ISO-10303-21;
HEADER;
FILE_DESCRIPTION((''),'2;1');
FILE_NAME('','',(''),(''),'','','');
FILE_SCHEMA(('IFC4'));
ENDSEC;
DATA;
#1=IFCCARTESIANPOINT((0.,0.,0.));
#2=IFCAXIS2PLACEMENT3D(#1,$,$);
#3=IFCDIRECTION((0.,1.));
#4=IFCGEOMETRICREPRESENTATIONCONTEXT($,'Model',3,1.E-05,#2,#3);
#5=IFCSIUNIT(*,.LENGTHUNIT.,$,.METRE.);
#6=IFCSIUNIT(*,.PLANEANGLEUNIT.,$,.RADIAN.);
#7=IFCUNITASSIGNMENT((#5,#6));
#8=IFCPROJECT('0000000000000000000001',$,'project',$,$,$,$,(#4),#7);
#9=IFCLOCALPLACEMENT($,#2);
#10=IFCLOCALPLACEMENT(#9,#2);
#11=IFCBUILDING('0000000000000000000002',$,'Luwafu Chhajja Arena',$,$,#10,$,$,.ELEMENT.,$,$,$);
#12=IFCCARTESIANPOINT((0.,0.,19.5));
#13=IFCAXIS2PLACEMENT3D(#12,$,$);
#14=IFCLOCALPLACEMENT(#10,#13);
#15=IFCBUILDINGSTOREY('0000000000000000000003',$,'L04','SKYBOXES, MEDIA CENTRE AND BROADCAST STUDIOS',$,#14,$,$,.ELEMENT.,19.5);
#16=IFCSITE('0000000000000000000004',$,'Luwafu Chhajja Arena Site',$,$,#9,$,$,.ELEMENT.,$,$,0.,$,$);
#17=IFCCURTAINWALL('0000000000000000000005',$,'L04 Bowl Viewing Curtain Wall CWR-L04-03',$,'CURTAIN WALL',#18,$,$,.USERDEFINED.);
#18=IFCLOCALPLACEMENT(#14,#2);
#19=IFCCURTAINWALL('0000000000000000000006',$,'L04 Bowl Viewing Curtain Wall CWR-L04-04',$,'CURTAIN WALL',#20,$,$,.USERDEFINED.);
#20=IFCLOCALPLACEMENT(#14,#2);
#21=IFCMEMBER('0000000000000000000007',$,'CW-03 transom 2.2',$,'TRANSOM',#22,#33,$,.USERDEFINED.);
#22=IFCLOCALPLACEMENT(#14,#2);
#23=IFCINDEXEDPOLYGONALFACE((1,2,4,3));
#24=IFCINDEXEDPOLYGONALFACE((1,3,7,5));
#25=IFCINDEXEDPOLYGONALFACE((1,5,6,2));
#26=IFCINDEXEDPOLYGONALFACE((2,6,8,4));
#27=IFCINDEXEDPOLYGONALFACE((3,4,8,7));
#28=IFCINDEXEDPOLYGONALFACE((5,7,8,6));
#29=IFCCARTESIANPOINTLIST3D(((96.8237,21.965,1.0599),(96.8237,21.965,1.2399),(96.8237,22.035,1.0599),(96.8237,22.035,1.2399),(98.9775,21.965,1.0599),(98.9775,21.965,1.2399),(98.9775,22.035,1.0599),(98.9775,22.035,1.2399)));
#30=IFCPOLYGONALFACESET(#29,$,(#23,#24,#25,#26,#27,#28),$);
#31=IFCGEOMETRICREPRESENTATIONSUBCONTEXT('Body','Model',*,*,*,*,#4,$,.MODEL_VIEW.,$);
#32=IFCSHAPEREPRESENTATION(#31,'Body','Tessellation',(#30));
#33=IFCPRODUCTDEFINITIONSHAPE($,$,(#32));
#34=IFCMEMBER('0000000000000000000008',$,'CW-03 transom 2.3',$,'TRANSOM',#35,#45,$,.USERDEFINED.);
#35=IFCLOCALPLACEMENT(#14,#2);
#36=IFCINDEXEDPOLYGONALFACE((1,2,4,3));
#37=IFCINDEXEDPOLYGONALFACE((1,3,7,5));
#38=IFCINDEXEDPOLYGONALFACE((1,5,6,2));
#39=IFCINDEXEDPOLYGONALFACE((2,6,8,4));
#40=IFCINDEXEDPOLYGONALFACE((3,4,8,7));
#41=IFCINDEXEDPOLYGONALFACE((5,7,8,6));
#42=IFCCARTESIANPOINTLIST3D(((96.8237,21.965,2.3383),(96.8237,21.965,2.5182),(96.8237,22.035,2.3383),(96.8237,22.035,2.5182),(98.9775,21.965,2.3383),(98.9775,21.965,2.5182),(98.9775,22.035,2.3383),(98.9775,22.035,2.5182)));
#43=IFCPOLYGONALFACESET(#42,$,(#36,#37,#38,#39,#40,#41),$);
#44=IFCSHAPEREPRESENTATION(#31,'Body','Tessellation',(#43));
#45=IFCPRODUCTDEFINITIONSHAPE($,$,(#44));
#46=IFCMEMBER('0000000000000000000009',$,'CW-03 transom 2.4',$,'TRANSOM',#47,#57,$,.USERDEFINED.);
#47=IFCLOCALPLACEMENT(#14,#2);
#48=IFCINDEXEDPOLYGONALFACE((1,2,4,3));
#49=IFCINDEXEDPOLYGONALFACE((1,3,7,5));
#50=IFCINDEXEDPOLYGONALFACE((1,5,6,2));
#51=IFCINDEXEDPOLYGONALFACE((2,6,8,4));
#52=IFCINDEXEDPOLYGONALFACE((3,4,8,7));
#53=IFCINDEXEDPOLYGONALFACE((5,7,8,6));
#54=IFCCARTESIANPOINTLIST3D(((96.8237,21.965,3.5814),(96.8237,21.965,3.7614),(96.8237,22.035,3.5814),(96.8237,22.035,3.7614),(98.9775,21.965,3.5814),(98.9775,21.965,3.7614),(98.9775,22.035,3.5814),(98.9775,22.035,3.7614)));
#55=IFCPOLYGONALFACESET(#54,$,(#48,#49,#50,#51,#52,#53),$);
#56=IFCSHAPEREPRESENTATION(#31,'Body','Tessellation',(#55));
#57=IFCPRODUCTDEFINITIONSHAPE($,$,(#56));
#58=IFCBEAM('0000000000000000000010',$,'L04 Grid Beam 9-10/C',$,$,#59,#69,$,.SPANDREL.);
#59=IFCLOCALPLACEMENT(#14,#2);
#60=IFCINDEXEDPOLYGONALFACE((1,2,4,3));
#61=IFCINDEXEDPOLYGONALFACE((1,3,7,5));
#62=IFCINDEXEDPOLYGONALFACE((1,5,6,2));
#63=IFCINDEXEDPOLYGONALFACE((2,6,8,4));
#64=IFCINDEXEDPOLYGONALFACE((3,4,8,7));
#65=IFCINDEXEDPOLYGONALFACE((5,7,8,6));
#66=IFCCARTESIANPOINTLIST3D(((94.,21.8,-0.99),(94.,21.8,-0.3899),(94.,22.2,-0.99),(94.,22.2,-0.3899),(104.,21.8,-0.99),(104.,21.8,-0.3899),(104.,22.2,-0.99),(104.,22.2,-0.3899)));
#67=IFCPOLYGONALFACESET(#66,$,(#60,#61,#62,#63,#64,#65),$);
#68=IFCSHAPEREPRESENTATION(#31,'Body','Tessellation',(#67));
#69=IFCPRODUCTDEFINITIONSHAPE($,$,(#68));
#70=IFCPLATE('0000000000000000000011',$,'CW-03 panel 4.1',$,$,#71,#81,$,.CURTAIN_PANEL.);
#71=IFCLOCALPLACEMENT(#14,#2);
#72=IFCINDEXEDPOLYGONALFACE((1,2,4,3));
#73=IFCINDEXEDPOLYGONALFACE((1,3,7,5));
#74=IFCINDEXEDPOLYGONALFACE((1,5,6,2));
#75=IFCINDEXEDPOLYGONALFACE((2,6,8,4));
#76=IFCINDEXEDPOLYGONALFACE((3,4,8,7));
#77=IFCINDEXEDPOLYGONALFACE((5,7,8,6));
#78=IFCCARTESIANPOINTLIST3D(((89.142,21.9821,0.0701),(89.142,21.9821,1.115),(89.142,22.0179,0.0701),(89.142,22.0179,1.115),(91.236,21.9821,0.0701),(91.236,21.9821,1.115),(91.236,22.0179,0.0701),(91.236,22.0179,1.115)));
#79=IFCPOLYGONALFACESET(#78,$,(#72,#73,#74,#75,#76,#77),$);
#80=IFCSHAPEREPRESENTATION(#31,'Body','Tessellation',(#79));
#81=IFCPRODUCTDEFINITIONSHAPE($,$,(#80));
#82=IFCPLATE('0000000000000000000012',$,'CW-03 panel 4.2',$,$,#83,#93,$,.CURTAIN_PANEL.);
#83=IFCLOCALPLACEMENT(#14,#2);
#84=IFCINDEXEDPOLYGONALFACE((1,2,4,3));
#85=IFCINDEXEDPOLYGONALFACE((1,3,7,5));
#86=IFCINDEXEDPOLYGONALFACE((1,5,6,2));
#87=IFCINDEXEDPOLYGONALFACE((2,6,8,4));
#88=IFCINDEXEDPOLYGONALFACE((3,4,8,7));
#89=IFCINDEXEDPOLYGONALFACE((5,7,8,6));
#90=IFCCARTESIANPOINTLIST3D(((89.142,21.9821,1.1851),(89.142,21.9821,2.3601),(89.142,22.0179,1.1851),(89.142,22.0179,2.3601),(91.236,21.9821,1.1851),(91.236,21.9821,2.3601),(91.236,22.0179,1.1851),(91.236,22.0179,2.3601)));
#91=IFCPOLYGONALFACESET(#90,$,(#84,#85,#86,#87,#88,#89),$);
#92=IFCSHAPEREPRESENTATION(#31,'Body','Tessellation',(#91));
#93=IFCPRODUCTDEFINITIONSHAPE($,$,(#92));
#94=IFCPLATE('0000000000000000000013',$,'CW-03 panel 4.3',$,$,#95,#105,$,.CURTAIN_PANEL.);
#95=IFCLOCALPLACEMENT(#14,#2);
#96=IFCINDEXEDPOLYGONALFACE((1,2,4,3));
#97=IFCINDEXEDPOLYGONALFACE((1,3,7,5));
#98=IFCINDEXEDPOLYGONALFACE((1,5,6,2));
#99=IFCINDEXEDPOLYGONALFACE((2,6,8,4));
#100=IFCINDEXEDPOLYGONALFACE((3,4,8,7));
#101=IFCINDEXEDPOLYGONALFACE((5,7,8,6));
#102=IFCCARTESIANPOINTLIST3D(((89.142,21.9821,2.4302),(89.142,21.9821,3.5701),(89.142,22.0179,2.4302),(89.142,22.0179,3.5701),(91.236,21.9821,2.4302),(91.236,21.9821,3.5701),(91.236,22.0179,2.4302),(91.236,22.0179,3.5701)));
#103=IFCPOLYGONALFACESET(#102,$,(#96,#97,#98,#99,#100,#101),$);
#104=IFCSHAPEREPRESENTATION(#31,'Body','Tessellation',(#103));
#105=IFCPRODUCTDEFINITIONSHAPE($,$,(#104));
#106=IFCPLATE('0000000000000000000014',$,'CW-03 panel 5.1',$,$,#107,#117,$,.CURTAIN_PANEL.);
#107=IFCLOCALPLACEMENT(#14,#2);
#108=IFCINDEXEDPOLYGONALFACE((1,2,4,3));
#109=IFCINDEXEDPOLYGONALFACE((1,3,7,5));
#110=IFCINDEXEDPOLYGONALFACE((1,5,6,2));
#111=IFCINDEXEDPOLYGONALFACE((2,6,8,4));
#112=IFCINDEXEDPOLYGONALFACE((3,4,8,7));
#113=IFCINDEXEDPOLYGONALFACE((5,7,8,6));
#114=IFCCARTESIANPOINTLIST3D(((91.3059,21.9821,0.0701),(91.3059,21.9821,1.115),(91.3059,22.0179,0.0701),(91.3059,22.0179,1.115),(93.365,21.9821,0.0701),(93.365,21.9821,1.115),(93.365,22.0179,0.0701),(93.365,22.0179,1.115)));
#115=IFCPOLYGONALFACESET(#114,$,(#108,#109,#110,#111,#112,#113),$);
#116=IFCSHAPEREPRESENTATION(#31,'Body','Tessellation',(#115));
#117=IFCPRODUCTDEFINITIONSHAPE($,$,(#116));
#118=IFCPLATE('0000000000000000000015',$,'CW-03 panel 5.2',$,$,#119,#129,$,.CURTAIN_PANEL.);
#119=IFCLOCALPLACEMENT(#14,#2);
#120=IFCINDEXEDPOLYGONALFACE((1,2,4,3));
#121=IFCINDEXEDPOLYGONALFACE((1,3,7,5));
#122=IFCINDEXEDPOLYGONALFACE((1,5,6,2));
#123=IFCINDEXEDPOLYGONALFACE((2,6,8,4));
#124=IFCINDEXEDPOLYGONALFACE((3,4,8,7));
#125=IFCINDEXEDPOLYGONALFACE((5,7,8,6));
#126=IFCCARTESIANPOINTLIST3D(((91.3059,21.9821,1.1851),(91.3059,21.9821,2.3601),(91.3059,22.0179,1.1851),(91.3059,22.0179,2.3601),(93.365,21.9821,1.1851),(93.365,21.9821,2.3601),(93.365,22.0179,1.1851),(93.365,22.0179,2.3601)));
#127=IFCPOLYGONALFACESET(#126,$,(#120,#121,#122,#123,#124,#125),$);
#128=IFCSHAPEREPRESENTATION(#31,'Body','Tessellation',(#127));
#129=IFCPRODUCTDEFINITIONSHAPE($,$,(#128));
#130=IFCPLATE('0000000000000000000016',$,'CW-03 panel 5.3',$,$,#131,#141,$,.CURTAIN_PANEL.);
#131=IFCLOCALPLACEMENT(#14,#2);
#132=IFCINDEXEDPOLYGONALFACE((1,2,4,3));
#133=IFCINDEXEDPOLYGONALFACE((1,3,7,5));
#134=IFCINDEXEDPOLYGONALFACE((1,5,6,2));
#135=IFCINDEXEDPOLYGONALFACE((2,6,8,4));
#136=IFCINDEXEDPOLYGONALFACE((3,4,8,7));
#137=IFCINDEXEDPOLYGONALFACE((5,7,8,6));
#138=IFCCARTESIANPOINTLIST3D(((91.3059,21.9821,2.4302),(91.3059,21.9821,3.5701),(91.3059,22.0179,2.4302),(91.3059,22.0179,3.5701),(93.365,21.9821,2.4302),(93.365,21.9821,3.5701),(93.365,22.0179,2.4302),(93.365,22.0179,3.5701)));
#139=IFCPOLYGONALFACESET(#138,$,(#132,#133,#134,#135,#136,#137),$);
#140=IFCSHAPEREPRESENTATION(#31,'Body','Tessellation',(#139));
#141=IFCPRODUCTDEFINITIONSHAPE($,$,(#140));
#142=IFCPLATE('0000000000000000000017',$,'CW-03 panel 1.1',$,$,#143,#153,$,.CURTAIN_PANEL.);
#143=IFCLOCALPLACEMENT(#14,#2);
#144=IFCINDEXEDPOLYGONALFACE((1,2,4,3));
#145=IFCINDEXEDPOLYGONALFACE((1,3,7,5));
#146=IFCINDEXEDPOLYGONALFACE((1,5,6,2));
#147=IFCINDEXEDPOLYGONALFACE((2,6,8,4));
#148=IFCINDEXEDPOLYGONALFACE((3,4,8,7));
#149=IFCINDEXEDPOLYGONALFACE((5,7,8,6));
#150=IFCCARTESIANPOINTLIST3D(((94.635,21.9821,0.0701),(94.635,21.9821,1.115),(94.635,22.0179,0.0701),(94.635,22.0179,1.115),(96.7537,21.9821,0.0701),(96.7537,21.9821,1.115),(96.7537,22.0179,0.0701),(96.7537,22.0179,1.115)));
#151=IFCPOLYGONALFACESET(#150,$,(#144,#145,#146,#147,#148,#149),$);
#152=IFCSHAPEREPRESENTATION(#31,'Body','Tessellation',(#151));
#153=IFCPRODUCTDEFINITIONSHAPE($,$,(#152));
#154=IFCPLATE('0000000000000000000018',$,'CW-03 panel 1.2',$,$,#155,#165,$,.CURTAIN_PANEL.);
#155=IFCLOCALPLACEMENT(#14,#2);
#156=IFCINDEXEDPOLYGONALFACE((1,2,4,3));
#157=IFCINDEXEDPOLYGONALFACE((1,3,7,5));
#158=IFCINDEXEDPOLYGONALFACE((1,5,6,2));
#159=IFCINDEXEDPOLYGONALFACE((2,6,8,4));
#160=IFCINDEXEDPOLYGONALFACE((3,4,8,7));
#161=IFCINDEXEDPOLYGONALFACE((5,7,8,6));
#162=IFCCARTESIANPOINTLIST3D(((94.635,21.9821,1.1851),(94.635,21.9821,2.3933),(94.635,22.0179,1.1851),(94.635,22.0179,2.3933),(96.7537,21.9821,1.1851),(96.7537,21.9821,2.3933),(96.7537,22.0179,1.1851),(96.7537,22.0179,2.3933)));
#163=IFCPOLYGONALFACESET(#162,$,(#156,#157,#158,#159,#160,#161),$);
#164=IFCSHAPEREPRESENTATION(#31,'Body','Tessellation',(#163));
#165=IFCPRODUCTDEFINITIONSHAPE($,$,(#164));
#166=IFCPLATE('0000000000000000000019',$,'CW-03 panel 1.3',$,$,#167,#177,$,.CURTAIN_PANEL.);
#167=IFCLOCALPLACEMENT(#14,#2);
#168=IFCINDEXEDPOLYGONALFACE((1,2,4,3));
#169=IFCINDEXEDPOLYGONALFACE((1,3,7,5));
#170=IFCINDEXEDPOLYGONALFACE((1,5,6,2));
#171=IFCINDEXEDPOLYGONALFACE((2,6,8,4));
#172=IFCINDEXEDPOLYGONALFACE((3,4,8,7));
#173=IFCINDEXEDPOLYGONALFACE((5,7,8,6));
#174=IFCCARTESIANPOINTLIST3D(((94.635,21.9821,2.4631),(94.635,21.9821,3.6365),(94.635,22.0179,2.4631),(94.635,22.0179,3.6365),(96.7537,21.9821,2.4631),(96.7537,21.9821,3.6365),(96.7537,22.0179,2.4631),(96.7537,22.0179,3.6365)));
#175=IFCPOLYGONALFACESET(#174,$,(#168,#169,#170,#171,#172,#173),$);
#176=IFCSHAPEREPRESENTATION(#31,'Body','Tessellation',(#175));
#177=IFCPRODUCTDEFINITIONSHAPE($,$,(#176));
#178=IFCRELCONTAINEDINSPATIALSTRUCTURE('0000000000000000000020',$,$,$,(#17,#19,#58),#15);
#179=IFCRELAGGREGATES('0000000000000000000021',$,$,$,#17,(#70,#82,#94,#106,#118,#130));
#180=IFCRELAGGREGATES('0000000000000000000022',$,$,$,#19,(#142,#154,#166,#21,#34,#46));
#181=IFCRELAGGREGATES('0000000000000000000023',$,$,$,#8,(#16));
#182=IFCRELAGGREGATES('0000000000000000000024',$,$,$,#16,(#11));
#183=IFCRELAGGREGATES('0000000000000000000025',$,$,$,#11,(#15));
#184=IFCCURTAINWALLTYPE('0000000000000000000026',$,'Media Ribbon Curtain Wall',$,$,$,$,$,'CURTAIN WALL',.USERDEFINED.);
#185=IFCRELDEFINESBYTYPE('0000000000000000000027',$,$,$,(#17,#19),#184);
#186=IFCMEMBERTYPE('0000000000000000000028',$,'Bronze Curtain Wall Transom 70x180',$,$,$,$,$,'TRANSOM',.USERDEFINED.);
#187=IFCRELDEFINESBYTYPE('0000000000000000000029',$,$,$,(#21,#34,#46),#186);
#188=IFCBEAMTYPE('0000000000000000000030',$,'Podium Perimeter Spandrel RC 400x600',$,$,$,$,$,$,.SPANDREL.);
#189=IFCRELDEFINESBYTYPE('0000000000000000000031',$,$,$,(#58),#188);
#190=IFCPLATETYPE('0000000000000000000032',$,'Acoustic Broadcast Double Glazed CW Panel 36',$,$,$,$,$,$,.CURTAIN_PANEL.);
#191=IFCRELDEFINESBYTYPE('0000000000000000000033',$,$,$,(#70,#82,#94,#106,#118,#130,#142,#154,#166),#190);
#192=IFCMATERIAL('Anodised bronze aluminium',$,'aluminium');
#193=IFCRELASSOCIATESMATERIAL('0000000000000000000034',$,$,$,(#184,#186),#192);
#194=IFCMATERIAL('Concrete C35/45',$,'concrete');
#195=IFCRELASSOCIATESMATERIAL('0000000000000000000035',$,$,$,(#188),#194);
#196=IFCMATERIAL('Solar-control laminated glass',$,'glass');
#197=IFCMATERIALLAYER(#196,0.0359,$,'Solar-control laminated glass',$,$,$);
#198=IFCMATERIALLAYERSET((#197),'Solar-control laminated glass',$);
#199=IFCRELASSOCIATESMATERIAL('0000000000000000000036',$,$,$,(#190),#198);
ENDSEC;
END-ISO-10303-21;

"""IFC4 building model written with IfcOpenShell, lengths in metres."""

from ifc_helpers import new_model, si_unit, direction, frame, origin, origin_2d, place, context, subcontext, project, spatial, rectangle, extrude, material, layer, layer_set, material_profile, profile_set, type_object, element, aggregate, save


model = new_model("IFC4")

# Units and contexts
model_context = context("Model", 3, precision=1e-05, world=origin(), true_north=direction((0.0, 1.0)))
body_context = subcontext(model_context, "Body", "Model", "MODEL_VIEW")
ifc_project = project(units=[si_unit("LENGTHUNIT", "METRE"), si_unit("PLANEANGLEUNIT", "RADIAN")], contexts=[model_context])

# Site, building, storey
site_placement = place(None, origin())
site = spatial("IfcSite", under=ifc_project, at=site_placement, Name="Luwafu Chhajja Arena Site", CompositionType="ELEMENT", RefElevation=0.0)
building_placement = place(site_placement, origin())
building = spatial("IfcBuilding", under=site, at=building_placement, Name="Luwafu Chhajja Arena", CompositionType="ELEMENT")
storey_placement = place(building_placement, frame((0.0, 0.0, 19.5)))
storey = spatial("IfcBuildingStorey", under=building, at=storey_placement, Name="L04", Description="SKYBOXES, MEDIA CENTRE AND BROADCAST STUDIOS", CompositionType="ELEMENT", Elevation=19.5)

# Shared definitions
ifc_material_1 = material(Name="Concrete C35/45", Category="concrete")

# Curtain walls
ifc_material_2 = material(Name="Anodised bronze aluminium", Category="aluminium")
curtain_wall_type = type_object("IfcCurtainWallType", Name="Media Ribbon Curtain Wall", ElementType="CURTAIN WALL", PredefinedType="USERDEFINED", material=ifc_material_2)
curtain_wall_1_placement = place(storey_placement, origin())
curtain_wall_1 = element("IfcCurtainWall", 1, at=curtain_wall_1_placement, inside=storey, type_object=curtain_wall_type, Name="L04 Bowl Viewing Curtain Wall CWR-L04-03", ObjectType="CURTAIN WALL", PredefinedType="USERDEFINED")
curtain_wall_2_placement = place(storey_placement, origin())
curtain_wall_2 = element("IfcCurtainWall", 2, at=curtain_wall_2_placement, inside=storey, type_object=curtain_wall_type, Name="L04 Bowl Viewing Curtain Wall CWR-L04-04", ObjectType="CURTAIN WALL", PredefinedType="USERDEFINED")

# Members
ifc_material_profile_1 = material_profile(ifc_material_2, rectangle(XDim=0.0701, YDim=0.1799, at=origin_2d()), Name="CWT 70x180")
ifc_profile_set_1 = profile_set([ifc_material_profile_1], Name="Anodised bronze aluminium")
member_type_1 = type_object("IfcMemberType", Name="Bronze Curtain Wall Transom 70x180", ElementType="TRANSOM", PredefinedType="USERDEFINED", material=ifc_profile_set_1)
member_1_placement = place(storey_placement, frame((96.8237, 22.0, 1.1499), z_axis=(1.0, 0.0, 0.0), x_axis=(0.0, 1.0, 0.0)))
member_1 = element("IfcMember", 3, at=member_1_placement, type_object=member_type_1, Name="CW-03 transom 2.2", ObjectType="TRANSOM", PredefinedType="USERDEFINED", context=body_context, shape_type="SweptSolid", body=[
    extrude(rectangle(XDim=0.0701, YDim=0.1799, at=origin_2d()), origin(), (0.0, 0.0, 1.0), 2.1538),
])
member_2_placement = place(storey_placement, frame((96.8237, 22.0, 2.4282), z_axis=(1.0, 0.0, 0.0), x_axis=(0.0, 1.0, 0.0)))
member_2 = element("IfcMember", 4, at=member_2_placement, type_object=member_type_1, Name="CW-03 transom 2.3", ObjectType="TRANSOM", PredefinedType="USERDEFINED", context=body_context, shape_type="SweptSolid", body=[
    extrude(rectangle(XDim=0.0701, YDim=0.1799, at=origin_2d()), origin(), (0.0, 0.0, 1.0), 2.1538),
])
member_3_placement = place(storey_placement, frame((96.8237, 22.0, 3.6714), z_axis=(1.0, 0.0, 0.0), x_axis=(0.0, 1.0, 0.0)))
member_3 = element("IfcMember", 5, at=member_3_placement, type_object=member_type_1, Name="CW-03 transom 2.4", ObjectType="TRANSOM", PredefinedType="USERDEFINED", context=body_context, shape_type="SweptSolid", body=[
    extrude(rectangle(XDim=0.0701, YDim=0.1799, at=origin_2d()), origin(), (0.0, 0.0, 1.0), 2.1538),
])

# Beam
ifc_material_profile_2 = material_profile(ifc_material_1, rectangle(XDim=0.3999, YDim=0.6001, at=origin_2d()), Name="RC 400x600")
ifc_profile_set_2 = profile_set([ifc_material_profile_2], Name="Concrete C35/45")
beam_type = type_object("IfcBeamType", Name="Podium Perimeter Spandrel RC 400x600", PredefinedType="SPANDREL", material=ifc_profile_set_2)
beam_placement = place(storey_placement, frame((94.0, 22.0, -0.6899), z_axis=(1.0, 0.0, 0.0), x_axis=(0.0, 1.0, 0.0)))
element("IfcBeam", 6, at=beam_placement, inside=storey, type_object=beam_type, Name="L04 Grid Beam 9-10/C", PredefinedType="SPANDREL", context=body_context, shape_type="SweptSolid", body=[
    extrude(rectangle(XDim=0.3999, YDim=0.6001, at=origin_2d()), origin(), (0.0, 0.0, 1.0), 10.0),
])

# Plates
ifc_material_3 = material(Name="Solar-control laminated glass", Category="glass")
ifc_layer = layer(ifc_material_3, 0.0359, Name="Solar-control laminated glass")
ifc_layer_set = layer_set([ifc_layer], Name="Solar-control laminated glass")
plate_type = type_object("IfcPlateType", Name="Acoustic Broadcast Double Glazed CW Panel 36", PredefinedType="CURTAIN_PANEL", material=ifc_layer_set)
plate_1_placement = place(storey_placement, frame((90.189, 22.0, 0.0701), z_axis=(0.0, 0.0, 1.0), x_axis=(1.0, 0.0, 0.0)))
plate_1 = element("IfcPlate", 7, at=plate_1_placement, type_object=plate_type, Name="CW-03 panel 4.1", PredefinedType="CURTAIN_PANEL", context=body_context, shape_type="SweptSolid", body=[
    extrude(rectangle(XDim=2.094, YDim=0.0359, at=origin_2d()), origin(), (0.0, 0.0, 1.0), 1.0449),
])
plate_2_placement = place(storey_placement, frame((90.189, 22.0, 1.1851), z_axis=(0.0, 0.0, 1.0), x_axis=(1.0, 0.0, 0.0)))
plate_2 = element("IfcPlate", 8, at=plate_2_placement, type_object=plate_type, Name="CW-03 panel 4.2", PredefinedType="CURTAIN_PANEL", context=body_context, shape_type="SweptSolid", body=[
    extrude(rectangle(XDim=2.094, YDim=0.0359, at=origin_2d()), origin(), (0.0, 0.0, 1.0), 1.175),
])
plate_3_placement = place(storey_placement, frame((90.189, 22.0, 2.4302), z_axis=(0.0, 0.0, 1.0), x_axis=(1.0, 0.0, 0.0)))
plate_3 = element("IfcPlate", 9, at=plate_3_placement, type_object=plate_type, Name="CW-03 panel 4.3", PredefinedType="CURTAIN_PANEL", context=body_context, shape_type="SweptSolid", body=[
    extrude(rectangle(XDim=2.094, YDim=0.0359, at=origin_2d()), origin(), (0.0, 0.0, 1.0), 1.1399),
])
plate_4_placement = place(storey_placement, frame((92.3354, 22.0, 0.0701), z_axis=(0.0, 0.0, 1.0), x_axis=(1.0, 0.0, 0.0)))
plate_4 = element("IfcPlate", 10, at=plate_4_placement, type_object=plate_type, Name="CW-03 panel 5.1", PredefinedType="CURTAIN_PANEL", context=body_context, shape_type="SweptSolid", body=[
    extrude(rectangle(XDim=2.0591, YDim=0.0359, at=origin_2d()), origin(), (0.0, 0.0, 1.0), 1.0449),
])
plate_5_placement = place(storey_placement, frame((92.3354, 22.0, 1.1851), z_axis=(0.0, 0.0, 1.0), x_axis=(1.0, 0.0, 0.0)))
plate_5 = element("IfcPlate", 11, at=plate_5_placement, type_object=plate_type, Name="CW-03 panel 5.2", PredefinedType="CURTAIN_PANEL", context=body_context, shape_type="SweptSolid", body=[
    extrude(rectangle(XDim=2.0591, YDim=0.0359, at=origin_2d()), origin(), (0.0, 0.0, 1.0), 1.175),
])
plate_6_placement = place(storey_placement, frame((92.3354, 22.0, 2.4302), z_axis=(0.0, 0.0, 1.0), x_axis=(1.0, 0.0, 0.0)))
plate_6 = element("IfcPlate", 12, at=plate_6_placement, type_object=plate_type, Name="CW-03 panel 5.3", PredefinedType="CURTAIN_PANEL", context=body_context, shape_type="SweptSolid", body=[
    extrude(rectangle(XDim=2.0591, YDim=0.0359, at=origin_2d()), origin(), (0.0, 0.0, 1.0), 1.1399),
])
aggregate(curtain_wall_1, [plate_1, plate_2, plate_3, plate_4, plate_5, plate_6])
plate_7_placement = place(storey_placement, frame((95.6943, 22.0, 0.0701), z_axis=(0.0, 0.0, 1.0), x_axis=(1.0, 0.0, 0.0)))
plate_7 = element("IfcPlate", 13, at=plate_7_placement, type_object=plate_type, Name="CW-03 panel 1.1", PredefinedType="CURTAIN_PANEL", context=body_context, shape_type="SweptSolid", body=[
    extrude(rectangle(XDim=2.1187, YDim=0.0359, at=origin_2d()), origin(), (0.0, 0.0, 1.0), 1.0449),
])
plate_8_placement = place(storey_placement, frame((95.6943, 22.0, 1.1851), z_axis=(0.0, 0.0, 1.0), x_axis=(1.0, 0.0, 0.0)))
plate_8 = element("IfcPlate", 14, at=plate_8_placement, type_object=plate_type, Name="CW-03 panel 1.2", PredefinedType="CURTAIN_PANEL", context=body_context, shape_type="SweptSolid", body=[
    extrude(rectangle(XDim=2.1187, YDim=0.0359, at=origin_2d()), origin(), (0.0, 0.0, 1.0), 1.2083),
])
plate_9_placement = place(storey_placement, frame((95.6943, 22.0, 2.4631), z_axis=(0.0, 0.0, 1.0), x_axis=(1.0, 0.0, 0.0)))
plate_9 = element("IfcPlate", 15, at=plate_9_placement, type_object=plate_type, Name="CW-03 panel 1.3", PredefinedType="CURTAIN_PANEL", context=body_context, shape_type="SweptSolid", body=[
    extrude(rectangle(XDim=2.1187, YDim=0.0359, at=origin_2d()), origin(), (0.0, 0.0, 1.0), 1.1733),
])
aggregate(curtain_wall_2, [plate_7, plate_8, plate_9, member_1, member_2, member_3])

save(model, "model.ifc")
